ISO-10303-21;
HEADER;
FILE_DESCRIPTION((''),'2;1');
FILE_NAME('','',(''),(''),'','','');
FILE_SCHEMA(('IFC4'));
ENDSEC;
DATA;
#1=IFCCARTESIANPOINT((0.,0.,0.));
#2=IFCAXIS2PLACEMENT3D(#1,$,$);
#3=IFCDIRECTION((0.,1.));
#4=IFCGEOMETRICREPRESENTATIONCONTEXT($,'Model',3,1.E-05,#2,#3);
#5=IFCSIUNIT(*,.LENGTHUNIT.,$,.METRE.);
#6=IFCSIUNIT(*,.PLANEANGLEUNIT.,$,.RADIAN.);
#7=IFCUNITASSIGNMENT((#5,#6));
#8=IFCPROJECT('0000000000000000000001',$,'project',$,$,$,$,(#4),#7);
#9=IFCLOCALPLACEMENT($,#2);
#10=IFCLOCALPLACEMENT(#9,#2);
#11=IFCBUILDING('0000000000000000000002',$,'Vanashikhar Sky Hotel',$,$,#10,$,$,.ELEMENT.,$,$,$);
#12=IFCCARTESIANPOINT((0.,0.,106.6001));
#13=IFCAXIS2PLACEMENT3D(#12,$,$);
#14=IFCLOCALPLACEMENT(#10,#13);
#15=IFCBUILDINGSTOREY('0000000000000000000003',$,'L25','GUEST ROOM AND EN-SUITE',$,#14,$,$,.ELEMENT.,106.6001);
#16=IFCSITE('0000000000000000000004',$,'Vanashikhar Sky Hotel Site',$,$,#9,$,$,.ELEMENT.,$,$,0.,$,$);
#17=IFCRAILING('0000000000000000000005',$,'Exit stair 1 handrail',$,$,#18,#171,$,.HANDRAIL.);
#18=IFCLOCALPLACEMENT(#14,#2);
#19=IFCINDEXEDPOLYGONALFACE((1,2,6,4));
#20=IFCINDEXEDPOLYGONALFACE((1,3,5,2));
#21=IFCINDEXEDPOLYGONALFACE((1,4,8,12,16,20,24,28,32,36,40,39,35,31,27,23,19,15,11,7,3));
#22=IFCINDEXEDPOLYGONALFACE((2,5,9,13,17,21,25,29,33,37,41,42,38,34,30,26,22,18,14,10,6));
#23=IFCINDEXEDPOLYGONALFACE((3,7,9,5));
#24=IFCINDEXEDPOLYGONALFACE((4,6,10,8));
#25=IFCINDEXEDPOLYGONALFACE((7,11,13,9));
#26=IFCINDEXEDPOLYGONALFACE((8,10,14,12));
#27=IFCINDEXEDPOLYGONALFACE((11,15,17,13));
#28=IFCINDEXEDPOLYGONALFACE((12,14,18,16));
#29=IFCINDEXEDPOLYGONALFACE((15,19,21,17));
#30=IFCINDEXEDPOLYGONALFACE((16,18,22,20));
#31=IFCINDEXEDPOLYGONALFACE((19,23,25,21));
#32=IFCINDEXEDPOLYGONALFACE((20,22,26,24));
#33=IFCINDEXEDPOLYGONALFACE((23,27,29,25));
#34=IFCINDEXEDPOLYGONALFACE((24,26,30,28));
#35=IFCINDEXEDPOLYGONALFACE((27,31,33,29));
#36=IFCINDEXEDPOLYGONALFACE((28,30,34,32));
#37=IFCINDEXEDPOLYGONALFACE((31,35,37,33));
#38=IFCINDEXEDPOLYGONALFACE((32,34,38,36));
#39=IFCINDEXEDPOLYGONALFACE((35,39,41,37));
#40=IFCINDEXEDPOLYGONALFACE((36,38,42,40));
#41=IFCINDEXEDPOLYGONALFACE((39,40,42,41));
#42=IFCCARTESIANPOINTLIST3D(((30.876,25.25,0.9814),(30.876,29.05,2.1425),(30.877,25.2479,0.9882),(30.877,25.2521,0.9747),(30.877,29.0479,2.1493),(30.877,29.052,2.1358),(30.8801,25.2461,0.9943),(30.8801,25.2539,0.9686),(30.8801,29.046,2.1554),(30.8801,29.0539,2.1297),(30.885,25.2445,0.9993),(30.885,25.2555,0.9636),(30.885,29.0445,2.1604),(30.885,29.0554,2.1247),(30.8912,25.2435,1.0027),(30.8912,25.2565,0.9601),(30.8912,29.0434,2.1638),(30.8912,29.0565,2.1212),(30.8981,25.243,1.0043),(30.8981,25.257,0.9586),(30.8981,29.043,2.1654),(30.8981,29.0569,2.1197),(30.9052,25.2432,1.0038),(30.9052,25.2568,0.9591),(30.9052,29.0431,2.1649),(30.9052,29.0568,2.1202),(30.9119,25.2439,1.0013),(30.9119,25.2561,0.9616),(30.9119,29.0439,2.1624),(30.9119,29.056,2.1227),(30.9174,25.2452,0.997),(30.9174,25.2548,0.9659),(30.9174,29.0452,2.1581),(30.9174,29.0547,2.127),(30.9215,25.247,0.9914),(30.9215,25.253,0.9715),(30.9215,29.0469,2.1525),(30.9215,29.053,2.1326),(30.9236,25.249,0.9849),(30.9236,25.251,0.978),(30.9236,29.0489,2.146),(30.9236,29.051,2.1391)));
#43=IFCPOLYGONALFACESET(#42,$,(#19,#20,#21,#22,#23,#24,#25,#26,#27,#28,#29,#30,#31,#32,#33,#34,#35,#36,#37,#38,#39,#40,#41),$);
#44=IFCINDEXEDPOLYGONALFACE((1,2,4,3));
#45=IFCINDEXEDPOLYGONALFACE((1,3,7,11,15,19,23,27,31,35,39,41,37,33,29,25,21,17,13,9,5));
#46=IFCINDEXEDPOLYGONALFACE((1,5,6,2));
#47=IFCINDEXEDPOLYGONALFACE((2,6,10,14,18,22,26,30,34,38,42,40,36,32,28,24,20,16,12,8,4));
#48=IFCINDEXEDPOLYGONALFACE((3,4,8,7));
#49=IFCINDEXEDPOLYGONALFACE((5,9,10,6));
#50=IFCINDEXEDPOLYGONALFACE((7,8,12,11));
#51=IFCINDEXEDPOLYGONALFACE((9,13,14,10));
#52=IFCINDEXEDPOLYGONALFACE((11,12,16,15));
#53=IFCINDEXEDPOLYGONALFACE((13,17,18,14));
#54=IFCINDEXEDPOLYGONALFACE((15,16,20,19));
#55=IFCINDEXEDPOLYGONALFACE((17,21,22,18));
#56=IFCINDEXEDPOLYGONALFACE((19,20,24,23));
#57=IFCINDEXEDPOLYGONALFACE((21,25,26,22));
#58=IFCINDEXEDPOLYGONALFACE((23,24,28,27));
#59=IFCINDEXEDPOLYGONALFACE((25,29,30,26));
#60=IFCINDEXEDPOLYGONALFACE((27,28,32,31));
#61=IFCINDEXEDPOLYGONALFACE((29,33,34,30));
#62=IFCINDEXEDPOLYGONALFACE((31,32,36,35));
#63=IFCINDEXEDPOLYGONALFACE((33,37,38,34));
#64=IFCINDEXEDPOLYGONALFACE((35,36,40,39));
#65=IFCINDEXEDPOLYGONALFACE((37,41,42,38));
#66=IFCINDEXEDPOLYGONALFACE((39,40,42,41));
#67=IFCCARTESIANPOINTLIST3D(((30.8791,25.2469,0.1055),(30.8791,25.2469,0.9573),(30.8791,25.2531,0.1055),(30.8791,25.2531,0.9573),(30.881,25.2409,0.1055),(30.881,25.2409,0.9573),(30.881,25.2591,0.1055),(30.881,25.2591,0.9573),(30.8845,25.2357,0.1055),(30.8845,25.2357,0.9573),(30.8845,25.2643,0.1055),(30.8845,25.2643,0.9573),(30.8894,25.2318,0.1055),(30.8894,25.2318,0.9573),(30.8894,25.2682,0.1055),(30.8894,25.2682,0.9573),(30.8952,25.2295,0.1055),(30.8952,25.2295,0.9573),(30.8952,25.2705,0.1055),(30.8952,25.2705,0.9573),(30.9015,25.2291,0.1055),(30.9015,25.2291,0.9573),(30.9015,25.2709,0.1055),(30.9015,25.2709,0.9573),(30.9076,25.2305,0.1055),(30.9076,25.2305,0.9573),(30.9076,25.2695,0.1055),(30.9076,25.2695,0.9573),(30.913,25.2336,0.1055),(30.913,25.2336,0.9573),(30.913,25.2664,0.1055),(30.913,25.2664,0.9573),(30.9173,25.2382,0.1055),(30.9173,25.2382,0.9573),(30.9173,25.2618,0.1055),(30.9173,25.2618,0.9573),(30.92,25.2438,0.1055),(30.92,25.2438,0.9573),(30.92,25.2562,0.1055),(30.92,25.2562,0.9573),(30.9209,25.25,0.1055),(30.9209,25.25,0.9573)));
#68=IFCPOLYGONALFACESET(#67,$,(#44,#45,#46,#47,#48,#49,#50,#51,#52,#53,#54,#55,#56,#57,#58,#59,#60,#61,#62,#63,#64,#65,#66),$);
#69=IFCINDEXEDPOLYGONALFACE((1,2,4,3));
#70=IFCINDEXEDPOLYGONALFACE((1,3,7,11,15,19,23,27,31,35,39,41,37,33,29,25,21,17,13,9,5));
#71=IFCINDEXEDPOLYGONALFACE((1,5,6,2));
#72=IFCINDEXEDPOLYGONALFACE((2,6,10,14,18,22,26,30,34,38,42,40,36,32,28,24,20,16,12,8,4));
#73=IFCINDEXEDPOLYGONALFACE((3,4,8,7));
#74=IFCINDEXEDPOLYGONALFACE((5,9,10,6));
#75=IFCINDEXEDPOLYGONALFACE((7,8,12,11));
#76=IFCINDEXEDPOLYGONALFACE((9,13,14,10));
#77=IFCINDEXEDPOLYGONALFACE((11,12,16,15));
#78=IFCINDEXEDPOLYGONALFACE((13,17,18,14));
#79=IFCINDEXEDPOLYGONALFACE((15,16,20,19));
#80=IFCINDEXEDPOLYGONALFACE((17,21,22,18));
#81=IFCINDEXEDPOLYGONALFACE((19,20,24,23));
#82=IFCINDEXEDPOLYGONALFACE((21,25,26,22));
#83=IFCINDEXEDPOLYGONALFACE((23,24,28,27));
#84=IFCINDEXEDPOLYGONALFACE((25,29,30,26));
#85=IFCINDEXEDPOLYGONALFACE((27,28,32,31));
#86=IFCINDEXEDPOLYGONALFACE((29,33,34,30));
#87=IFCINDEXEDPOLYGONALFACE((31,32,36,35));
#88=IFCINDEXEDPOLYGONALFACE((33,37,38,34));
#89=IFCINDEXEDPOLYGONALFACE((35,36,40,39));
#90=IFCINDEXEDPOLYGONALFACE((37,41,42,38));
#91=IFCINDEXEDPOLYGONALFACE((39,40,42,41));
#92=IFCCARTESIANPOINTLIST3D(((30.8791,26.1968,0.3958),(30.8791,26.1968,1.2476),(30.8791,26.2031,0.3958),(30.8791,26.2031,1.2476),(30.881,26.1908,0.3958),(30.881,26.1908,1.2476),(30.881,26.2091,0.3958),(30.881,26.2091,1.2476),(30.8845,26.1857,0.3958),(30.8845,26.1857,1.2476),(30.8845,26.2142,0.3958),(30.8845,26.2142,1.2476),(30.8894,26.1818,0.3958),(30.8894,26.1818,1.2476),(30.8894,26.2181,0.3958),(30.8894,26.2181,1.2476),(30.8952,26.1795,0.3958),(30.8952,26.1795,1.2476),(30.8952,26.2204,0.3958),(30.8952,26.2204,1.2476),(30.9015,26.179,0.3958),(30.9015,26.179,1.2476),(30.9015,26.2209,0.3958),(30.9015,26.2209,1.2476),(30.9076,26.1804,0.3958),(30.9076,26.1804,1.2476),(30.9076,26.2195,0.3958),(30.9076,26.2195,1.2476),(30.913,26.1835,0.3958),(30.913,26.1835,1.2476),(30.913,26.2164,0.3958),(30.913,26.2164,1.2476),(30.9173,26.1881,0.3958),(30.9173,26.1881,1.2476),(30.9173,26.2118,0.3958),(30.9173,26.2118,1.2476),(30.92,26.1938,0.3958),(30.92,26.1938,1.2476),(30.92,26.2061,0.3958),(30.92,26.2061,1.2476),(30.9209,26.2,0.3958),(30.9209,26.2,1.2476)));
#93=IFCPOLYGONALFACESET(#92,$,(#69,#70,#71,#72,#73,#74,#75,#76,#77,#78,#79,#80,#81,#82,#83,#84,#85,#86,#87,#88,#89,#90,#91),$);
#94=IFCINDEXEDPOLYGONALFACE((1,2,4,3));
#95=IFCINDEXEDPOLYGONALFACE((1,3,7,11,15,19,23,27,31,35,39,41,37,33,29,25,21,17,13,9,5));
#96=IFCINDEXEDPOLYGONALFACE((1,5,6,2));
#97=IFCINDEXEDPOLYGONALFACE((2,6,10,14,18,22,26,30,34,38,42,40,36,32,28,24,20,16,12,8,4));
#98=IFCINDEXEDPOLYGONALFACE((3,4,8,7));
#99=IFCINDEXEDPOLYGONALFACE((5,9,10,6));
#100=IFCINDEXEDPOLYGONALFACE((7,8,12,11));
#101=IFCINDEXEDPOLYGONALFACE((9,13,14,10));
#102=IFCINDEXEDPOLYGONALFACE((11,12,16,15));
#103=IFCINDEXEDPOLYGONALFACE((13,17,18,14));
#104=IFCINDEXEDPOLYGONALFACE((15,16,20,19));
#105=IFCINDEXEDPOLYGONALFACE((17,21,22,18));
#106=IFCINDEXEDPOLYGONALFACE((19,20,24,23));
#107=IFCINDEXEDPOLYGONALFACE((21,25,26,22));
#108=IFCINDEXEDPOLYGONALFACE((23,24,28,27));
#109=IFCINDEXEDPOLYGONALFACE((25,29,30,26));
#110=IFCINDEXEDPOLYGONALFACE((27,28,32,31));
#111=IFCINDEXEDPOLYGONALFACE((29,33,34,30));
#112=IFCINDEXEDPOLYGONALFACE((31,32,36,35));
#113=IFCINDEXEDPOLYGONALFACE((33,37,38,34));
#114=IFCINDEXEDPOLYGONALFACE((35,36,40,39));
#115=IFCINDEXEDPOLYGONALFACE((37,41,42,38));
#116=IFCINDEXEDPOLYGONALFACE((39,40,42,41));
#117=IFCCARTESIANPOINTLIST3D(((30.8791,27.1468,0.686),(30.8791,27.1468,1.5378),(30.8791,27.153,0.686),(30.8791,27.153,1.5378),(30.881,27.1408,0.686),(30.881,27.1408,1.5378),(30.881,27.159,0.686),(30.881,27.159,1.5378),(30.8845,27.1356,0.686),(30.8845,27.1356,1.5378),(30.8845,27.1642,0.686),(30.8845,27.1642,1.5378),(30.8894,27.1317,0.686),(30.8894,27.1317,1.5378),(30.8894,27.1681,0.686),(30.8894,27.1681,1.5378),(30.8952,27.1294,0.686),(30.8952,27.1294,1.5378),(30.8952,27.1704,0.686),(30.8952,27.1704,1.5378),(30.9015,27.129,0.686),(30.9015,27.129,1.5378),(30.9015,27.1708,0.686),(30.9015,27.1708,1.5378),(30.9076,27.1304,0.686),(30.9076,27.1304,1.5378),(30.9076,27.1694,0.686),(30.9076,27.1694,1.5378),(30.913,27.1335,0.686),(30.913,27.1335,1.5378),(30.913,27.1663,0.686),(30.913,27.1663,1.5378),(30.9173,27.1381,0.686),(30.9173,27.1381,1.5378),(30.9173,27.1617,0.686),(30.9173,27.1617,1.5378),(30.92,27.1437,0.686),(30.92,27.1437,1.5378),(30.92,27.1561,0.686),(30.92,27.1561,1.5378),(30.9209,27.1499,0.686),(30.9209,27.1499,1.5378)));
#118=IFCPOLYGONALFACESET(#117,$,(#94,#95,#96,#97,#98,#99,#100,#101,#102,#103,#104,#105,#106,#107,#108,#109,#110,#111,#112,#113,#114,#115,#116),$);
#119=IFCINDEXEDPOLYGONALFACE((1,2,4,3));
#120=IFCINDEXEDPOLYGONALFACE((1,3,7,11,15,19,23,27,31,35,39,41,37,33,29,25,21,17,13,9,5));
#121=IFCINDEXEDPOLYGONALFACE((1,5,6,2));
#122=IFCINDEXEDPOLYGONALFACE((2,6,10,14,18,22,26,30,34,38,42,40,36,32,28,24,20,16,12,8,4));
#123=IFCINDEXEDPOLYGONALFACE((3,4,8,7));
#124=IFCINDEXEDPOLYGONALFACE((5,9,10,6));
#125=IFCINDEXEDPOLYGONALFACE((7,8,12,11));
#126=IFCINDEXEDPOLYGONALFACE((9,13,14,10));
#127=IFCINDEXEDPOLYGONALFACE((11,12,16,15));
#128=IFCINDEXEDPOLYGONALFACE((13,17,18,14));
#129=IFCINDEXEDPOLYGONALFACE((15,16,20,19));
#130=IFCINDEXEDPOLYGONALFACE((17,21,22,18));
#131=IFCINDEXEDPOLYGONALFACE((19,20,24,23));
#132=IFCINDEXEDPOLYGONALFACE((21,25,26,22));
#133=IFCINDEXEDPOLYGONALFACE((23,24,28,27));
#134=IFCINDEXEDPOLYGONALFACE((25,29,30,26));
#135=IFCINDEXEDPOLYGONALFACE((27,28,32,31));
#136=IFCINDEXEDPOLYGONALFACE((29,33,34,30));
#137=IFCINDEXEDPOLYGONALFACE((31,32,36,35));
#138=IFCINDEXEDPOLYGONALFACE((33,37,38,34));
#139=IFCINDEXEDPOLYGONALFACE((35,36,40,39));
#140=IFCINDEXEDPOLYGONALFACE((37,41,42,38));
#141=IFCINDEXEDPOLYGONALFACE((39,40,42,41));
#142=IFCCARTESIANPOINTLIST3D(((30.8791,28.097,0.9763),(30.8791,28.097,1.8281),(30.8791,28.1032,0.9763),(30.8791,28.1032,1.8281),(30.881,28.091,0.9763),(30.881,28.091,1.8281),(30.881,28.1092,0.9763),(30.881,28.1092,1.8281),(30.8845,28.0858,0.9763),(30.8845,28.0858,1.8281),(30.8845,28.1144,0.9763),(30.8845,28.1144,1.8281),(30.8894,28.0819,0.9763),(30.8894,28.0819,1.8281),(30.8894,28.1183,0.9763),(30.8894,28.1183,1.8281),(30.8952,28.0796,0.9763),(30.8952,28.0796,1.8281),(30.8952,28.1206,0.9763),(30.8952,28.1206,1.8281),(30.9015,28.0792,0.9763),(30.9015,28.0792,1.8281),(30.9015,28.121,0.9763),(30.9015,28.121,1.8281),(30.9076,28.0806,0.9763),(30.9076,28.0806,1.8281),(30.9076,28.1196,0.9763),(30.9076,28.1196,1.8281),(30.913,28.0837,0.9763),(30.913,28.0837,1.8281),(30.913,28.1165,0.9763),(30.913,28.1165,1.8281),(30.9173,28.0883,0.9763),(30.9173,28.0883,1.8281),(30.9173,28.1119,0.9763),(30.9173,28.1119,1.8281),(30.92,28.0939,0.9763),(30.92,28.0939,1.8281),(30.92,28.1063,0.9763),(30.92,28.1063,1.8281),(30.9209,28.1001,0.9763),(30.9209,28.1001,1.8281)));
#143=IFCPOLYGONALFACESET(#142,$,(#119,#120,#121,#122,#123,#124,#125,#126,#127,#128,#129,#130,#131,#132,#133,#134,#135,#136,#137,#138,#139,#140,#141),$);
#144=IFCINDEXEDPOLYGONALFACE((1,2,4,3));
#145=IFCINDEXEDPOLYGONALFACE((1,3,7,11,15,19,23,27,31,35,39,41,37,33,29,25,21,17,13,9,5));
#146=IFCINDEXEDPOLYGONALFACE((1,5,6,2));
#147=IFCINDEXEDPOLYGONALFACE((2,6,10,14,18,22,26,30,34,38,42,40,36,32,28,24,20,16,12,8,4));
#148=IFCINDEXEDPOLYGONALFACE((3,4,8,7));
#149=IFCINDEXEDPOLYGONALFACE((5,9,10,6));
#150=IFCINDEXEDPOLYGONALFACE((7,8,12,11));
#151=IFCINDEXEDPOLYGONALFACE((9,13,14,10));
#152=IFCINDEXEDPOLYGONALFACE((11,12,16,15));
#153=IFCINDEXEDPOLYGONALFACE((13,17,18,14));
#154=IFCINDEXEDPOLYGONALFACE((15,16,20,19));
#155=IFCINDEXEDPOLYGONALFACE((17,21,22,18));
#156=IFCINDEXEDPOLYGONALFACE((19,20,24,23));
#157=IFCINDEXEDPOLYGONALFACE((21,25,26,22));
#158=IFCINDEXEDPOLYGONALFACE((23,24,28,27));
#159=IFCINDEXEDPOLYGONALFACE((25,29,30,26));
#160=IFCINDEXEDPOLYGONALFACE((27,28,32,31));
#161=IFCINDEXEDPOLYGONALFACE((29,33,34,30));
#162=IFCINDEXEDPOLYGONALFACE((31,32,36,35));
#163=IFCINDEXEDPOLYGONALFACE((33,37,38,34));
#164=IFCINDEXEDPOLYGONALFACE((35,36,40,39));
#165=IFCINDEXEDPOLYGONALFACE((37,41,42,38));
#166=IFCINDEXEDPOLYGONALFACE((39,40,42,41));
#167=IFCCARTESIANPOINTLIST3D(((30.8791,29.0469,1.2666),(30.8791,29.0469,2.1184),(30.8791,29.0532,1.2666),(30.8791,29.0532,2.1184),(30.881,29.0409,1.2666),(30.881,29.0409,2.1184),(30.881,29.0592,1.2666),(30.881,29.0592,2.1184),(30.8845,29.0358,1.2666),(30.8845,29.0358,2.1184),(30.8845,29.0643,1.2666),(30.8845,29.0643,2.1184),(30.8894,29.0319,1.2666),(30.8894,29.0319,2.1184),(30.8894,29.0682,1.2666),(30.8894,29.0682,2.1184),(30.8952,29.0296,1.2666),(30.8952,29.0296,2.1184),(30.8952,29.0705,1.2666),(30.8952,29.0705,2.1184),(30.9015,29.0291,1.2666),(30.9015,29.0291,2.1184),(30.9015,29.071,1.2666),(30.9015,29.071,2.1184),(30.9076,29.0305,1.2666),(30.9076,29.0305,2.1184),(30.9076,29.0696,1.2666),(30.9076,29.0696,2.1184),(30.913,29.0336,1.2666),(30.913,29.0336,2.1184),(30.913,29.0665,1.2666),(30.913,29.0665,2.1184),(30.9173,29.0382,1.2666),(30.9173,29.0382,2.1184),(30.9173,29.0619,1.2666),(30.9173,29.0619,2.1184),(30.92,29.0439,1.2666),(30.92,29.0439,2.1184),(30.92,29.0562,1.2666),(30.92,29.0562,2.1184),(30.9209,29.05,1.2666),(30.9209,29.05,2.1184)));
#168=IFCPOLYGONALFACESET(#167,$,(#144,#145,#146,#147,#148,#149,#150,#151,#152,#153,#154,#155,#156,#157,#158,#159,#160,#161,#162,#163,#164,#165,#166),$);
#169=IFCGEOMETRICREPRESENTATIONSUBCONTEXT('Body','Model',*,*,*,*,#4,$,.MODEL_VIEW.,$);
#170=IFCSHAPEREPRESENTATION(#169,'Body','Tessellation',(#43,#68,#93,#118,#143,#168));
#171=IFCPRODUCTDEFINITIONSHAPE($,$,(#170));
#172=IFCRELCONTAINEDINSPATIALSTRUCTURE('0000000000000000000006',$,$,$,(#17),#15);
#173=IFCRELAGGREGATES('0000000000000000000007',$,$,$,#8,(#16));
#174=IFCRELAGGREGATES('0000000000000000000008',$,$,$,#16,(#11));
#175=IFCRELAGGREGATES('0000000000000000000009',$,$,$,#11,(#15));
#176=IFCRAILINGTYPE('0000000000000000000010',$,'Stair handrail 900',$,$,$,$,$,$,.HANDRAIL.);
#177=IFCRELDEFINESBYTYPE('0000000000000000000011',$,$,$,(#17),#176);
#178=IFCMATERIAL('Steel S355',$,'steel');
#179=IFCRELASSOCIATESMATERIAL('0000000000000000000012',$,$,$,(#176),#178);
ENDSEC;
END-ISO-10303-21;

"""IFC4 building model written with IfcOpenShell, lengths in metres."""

from ifc_helpers import new_model, si_unit, direction, frame, origin, origin_2d, place, context, subcontext, project, spatial, circle, extrude, source, transform, mapped, material, type_object, element, save


model = new_model("IFC4")

# Units and contexts
model_context = context("Model", 3, precision=1e-05, world=origin(), true_north=direction((0.0, 1.0)))
body_context = subcontext(model_context, "Body", "Model", "MODEL_VIEW")
ifc_project = project(units=[si_unit("LENGTHUNIT", "METRE"), si_unit("PLANEANGLEUNIT", "RADIAN")], contexts=[model_context])

# Site, building, storey
site_placement = place(None, origin())
site = spatial("IfcSite", under=ifc_project, at=site_placement, Name="Vanashikhar Sky Hotel Site", CompositionType="ELEMENT", RefElevation=0.0)
building_placement = place(site_placement, origin())
building = spatial("IfcBuilding", under=site, at=building_placement, Name="Vanashikhar Sky Hotel", CompositionType="ELEMENT")
storey_placement = place(building_placement, frame((0.0, 0.0, 106.6001)))
storey = spatial("IfcBuildingStorey", under=building, at=storey_placement, Name="L25", Description="GUEST ROOM AND EN-SUITE", CompositionType="ELEMENT", Elevation=106.6001)

# Railing
ifc_material_1 = material(Name="Steel S355", Category="steel")
railing_type = type_object("IfcRailingType", Name="Stair handrail 900", PredefinedType="HANDRAIL", material=ifc_material_1)
shared_shape_1 = source(origin(), body_context, "Body", "SweptSolid", [
    extrude(circle(Radius=0.0239, at=origin_2d()), frame((0.0, 0.0, 0.876), z_axis=(0.0, 0.956351, 0.29222), x_axis=(-1.0, 0.0, 0.0)), (0.0, 0.0, 1.0), 3.9734),
    extrude(circle(Radius=0.021, at=origin_2d()), origin(), (0.0, 0.0, 1.0), 0.8518),
    extrude(circle(Radius=0.021, at=origin_2d()), frame((0.0, 0.95, 0.2903)), (0.0, 0.0, 1.0), 0.8518),
    extrude(circle(Radius=0.021, at=origin_2d()), frame((0.0, 1.8999, 0.5806)), (0.0, 0.0, 1.0), 0.8518),
    extrude(circle(Radius=0.021, at=origin_2d()), frame((0.0, 2.8501, 0.8708)), (0.0, 0.0, 1.0), 0.8518),
    extrude(circle(Radius=0.021, at=origin_2d()), frame((0.0, 3.8, 1.1611)), (0.0, 0.0, 1.0), 0.8518),
])
for number, where, name in (
    (1, (30.8999, 25.25, 0.1055), "Exit stair 1 handrail"),
):
    element("IfcRailing", number, at=place(storey_placement, frame(where)), inside=storey, type_object=railing_type, Name=name, PredefinedType="HANDRAIL", context=body_context, shape_type="MappedRepresentation", body=[
        mapped(shared_shape_1, transform((0.0, 0.0, 0.0), scale=1.0)),
    ])

save(model, "model.ifc")
